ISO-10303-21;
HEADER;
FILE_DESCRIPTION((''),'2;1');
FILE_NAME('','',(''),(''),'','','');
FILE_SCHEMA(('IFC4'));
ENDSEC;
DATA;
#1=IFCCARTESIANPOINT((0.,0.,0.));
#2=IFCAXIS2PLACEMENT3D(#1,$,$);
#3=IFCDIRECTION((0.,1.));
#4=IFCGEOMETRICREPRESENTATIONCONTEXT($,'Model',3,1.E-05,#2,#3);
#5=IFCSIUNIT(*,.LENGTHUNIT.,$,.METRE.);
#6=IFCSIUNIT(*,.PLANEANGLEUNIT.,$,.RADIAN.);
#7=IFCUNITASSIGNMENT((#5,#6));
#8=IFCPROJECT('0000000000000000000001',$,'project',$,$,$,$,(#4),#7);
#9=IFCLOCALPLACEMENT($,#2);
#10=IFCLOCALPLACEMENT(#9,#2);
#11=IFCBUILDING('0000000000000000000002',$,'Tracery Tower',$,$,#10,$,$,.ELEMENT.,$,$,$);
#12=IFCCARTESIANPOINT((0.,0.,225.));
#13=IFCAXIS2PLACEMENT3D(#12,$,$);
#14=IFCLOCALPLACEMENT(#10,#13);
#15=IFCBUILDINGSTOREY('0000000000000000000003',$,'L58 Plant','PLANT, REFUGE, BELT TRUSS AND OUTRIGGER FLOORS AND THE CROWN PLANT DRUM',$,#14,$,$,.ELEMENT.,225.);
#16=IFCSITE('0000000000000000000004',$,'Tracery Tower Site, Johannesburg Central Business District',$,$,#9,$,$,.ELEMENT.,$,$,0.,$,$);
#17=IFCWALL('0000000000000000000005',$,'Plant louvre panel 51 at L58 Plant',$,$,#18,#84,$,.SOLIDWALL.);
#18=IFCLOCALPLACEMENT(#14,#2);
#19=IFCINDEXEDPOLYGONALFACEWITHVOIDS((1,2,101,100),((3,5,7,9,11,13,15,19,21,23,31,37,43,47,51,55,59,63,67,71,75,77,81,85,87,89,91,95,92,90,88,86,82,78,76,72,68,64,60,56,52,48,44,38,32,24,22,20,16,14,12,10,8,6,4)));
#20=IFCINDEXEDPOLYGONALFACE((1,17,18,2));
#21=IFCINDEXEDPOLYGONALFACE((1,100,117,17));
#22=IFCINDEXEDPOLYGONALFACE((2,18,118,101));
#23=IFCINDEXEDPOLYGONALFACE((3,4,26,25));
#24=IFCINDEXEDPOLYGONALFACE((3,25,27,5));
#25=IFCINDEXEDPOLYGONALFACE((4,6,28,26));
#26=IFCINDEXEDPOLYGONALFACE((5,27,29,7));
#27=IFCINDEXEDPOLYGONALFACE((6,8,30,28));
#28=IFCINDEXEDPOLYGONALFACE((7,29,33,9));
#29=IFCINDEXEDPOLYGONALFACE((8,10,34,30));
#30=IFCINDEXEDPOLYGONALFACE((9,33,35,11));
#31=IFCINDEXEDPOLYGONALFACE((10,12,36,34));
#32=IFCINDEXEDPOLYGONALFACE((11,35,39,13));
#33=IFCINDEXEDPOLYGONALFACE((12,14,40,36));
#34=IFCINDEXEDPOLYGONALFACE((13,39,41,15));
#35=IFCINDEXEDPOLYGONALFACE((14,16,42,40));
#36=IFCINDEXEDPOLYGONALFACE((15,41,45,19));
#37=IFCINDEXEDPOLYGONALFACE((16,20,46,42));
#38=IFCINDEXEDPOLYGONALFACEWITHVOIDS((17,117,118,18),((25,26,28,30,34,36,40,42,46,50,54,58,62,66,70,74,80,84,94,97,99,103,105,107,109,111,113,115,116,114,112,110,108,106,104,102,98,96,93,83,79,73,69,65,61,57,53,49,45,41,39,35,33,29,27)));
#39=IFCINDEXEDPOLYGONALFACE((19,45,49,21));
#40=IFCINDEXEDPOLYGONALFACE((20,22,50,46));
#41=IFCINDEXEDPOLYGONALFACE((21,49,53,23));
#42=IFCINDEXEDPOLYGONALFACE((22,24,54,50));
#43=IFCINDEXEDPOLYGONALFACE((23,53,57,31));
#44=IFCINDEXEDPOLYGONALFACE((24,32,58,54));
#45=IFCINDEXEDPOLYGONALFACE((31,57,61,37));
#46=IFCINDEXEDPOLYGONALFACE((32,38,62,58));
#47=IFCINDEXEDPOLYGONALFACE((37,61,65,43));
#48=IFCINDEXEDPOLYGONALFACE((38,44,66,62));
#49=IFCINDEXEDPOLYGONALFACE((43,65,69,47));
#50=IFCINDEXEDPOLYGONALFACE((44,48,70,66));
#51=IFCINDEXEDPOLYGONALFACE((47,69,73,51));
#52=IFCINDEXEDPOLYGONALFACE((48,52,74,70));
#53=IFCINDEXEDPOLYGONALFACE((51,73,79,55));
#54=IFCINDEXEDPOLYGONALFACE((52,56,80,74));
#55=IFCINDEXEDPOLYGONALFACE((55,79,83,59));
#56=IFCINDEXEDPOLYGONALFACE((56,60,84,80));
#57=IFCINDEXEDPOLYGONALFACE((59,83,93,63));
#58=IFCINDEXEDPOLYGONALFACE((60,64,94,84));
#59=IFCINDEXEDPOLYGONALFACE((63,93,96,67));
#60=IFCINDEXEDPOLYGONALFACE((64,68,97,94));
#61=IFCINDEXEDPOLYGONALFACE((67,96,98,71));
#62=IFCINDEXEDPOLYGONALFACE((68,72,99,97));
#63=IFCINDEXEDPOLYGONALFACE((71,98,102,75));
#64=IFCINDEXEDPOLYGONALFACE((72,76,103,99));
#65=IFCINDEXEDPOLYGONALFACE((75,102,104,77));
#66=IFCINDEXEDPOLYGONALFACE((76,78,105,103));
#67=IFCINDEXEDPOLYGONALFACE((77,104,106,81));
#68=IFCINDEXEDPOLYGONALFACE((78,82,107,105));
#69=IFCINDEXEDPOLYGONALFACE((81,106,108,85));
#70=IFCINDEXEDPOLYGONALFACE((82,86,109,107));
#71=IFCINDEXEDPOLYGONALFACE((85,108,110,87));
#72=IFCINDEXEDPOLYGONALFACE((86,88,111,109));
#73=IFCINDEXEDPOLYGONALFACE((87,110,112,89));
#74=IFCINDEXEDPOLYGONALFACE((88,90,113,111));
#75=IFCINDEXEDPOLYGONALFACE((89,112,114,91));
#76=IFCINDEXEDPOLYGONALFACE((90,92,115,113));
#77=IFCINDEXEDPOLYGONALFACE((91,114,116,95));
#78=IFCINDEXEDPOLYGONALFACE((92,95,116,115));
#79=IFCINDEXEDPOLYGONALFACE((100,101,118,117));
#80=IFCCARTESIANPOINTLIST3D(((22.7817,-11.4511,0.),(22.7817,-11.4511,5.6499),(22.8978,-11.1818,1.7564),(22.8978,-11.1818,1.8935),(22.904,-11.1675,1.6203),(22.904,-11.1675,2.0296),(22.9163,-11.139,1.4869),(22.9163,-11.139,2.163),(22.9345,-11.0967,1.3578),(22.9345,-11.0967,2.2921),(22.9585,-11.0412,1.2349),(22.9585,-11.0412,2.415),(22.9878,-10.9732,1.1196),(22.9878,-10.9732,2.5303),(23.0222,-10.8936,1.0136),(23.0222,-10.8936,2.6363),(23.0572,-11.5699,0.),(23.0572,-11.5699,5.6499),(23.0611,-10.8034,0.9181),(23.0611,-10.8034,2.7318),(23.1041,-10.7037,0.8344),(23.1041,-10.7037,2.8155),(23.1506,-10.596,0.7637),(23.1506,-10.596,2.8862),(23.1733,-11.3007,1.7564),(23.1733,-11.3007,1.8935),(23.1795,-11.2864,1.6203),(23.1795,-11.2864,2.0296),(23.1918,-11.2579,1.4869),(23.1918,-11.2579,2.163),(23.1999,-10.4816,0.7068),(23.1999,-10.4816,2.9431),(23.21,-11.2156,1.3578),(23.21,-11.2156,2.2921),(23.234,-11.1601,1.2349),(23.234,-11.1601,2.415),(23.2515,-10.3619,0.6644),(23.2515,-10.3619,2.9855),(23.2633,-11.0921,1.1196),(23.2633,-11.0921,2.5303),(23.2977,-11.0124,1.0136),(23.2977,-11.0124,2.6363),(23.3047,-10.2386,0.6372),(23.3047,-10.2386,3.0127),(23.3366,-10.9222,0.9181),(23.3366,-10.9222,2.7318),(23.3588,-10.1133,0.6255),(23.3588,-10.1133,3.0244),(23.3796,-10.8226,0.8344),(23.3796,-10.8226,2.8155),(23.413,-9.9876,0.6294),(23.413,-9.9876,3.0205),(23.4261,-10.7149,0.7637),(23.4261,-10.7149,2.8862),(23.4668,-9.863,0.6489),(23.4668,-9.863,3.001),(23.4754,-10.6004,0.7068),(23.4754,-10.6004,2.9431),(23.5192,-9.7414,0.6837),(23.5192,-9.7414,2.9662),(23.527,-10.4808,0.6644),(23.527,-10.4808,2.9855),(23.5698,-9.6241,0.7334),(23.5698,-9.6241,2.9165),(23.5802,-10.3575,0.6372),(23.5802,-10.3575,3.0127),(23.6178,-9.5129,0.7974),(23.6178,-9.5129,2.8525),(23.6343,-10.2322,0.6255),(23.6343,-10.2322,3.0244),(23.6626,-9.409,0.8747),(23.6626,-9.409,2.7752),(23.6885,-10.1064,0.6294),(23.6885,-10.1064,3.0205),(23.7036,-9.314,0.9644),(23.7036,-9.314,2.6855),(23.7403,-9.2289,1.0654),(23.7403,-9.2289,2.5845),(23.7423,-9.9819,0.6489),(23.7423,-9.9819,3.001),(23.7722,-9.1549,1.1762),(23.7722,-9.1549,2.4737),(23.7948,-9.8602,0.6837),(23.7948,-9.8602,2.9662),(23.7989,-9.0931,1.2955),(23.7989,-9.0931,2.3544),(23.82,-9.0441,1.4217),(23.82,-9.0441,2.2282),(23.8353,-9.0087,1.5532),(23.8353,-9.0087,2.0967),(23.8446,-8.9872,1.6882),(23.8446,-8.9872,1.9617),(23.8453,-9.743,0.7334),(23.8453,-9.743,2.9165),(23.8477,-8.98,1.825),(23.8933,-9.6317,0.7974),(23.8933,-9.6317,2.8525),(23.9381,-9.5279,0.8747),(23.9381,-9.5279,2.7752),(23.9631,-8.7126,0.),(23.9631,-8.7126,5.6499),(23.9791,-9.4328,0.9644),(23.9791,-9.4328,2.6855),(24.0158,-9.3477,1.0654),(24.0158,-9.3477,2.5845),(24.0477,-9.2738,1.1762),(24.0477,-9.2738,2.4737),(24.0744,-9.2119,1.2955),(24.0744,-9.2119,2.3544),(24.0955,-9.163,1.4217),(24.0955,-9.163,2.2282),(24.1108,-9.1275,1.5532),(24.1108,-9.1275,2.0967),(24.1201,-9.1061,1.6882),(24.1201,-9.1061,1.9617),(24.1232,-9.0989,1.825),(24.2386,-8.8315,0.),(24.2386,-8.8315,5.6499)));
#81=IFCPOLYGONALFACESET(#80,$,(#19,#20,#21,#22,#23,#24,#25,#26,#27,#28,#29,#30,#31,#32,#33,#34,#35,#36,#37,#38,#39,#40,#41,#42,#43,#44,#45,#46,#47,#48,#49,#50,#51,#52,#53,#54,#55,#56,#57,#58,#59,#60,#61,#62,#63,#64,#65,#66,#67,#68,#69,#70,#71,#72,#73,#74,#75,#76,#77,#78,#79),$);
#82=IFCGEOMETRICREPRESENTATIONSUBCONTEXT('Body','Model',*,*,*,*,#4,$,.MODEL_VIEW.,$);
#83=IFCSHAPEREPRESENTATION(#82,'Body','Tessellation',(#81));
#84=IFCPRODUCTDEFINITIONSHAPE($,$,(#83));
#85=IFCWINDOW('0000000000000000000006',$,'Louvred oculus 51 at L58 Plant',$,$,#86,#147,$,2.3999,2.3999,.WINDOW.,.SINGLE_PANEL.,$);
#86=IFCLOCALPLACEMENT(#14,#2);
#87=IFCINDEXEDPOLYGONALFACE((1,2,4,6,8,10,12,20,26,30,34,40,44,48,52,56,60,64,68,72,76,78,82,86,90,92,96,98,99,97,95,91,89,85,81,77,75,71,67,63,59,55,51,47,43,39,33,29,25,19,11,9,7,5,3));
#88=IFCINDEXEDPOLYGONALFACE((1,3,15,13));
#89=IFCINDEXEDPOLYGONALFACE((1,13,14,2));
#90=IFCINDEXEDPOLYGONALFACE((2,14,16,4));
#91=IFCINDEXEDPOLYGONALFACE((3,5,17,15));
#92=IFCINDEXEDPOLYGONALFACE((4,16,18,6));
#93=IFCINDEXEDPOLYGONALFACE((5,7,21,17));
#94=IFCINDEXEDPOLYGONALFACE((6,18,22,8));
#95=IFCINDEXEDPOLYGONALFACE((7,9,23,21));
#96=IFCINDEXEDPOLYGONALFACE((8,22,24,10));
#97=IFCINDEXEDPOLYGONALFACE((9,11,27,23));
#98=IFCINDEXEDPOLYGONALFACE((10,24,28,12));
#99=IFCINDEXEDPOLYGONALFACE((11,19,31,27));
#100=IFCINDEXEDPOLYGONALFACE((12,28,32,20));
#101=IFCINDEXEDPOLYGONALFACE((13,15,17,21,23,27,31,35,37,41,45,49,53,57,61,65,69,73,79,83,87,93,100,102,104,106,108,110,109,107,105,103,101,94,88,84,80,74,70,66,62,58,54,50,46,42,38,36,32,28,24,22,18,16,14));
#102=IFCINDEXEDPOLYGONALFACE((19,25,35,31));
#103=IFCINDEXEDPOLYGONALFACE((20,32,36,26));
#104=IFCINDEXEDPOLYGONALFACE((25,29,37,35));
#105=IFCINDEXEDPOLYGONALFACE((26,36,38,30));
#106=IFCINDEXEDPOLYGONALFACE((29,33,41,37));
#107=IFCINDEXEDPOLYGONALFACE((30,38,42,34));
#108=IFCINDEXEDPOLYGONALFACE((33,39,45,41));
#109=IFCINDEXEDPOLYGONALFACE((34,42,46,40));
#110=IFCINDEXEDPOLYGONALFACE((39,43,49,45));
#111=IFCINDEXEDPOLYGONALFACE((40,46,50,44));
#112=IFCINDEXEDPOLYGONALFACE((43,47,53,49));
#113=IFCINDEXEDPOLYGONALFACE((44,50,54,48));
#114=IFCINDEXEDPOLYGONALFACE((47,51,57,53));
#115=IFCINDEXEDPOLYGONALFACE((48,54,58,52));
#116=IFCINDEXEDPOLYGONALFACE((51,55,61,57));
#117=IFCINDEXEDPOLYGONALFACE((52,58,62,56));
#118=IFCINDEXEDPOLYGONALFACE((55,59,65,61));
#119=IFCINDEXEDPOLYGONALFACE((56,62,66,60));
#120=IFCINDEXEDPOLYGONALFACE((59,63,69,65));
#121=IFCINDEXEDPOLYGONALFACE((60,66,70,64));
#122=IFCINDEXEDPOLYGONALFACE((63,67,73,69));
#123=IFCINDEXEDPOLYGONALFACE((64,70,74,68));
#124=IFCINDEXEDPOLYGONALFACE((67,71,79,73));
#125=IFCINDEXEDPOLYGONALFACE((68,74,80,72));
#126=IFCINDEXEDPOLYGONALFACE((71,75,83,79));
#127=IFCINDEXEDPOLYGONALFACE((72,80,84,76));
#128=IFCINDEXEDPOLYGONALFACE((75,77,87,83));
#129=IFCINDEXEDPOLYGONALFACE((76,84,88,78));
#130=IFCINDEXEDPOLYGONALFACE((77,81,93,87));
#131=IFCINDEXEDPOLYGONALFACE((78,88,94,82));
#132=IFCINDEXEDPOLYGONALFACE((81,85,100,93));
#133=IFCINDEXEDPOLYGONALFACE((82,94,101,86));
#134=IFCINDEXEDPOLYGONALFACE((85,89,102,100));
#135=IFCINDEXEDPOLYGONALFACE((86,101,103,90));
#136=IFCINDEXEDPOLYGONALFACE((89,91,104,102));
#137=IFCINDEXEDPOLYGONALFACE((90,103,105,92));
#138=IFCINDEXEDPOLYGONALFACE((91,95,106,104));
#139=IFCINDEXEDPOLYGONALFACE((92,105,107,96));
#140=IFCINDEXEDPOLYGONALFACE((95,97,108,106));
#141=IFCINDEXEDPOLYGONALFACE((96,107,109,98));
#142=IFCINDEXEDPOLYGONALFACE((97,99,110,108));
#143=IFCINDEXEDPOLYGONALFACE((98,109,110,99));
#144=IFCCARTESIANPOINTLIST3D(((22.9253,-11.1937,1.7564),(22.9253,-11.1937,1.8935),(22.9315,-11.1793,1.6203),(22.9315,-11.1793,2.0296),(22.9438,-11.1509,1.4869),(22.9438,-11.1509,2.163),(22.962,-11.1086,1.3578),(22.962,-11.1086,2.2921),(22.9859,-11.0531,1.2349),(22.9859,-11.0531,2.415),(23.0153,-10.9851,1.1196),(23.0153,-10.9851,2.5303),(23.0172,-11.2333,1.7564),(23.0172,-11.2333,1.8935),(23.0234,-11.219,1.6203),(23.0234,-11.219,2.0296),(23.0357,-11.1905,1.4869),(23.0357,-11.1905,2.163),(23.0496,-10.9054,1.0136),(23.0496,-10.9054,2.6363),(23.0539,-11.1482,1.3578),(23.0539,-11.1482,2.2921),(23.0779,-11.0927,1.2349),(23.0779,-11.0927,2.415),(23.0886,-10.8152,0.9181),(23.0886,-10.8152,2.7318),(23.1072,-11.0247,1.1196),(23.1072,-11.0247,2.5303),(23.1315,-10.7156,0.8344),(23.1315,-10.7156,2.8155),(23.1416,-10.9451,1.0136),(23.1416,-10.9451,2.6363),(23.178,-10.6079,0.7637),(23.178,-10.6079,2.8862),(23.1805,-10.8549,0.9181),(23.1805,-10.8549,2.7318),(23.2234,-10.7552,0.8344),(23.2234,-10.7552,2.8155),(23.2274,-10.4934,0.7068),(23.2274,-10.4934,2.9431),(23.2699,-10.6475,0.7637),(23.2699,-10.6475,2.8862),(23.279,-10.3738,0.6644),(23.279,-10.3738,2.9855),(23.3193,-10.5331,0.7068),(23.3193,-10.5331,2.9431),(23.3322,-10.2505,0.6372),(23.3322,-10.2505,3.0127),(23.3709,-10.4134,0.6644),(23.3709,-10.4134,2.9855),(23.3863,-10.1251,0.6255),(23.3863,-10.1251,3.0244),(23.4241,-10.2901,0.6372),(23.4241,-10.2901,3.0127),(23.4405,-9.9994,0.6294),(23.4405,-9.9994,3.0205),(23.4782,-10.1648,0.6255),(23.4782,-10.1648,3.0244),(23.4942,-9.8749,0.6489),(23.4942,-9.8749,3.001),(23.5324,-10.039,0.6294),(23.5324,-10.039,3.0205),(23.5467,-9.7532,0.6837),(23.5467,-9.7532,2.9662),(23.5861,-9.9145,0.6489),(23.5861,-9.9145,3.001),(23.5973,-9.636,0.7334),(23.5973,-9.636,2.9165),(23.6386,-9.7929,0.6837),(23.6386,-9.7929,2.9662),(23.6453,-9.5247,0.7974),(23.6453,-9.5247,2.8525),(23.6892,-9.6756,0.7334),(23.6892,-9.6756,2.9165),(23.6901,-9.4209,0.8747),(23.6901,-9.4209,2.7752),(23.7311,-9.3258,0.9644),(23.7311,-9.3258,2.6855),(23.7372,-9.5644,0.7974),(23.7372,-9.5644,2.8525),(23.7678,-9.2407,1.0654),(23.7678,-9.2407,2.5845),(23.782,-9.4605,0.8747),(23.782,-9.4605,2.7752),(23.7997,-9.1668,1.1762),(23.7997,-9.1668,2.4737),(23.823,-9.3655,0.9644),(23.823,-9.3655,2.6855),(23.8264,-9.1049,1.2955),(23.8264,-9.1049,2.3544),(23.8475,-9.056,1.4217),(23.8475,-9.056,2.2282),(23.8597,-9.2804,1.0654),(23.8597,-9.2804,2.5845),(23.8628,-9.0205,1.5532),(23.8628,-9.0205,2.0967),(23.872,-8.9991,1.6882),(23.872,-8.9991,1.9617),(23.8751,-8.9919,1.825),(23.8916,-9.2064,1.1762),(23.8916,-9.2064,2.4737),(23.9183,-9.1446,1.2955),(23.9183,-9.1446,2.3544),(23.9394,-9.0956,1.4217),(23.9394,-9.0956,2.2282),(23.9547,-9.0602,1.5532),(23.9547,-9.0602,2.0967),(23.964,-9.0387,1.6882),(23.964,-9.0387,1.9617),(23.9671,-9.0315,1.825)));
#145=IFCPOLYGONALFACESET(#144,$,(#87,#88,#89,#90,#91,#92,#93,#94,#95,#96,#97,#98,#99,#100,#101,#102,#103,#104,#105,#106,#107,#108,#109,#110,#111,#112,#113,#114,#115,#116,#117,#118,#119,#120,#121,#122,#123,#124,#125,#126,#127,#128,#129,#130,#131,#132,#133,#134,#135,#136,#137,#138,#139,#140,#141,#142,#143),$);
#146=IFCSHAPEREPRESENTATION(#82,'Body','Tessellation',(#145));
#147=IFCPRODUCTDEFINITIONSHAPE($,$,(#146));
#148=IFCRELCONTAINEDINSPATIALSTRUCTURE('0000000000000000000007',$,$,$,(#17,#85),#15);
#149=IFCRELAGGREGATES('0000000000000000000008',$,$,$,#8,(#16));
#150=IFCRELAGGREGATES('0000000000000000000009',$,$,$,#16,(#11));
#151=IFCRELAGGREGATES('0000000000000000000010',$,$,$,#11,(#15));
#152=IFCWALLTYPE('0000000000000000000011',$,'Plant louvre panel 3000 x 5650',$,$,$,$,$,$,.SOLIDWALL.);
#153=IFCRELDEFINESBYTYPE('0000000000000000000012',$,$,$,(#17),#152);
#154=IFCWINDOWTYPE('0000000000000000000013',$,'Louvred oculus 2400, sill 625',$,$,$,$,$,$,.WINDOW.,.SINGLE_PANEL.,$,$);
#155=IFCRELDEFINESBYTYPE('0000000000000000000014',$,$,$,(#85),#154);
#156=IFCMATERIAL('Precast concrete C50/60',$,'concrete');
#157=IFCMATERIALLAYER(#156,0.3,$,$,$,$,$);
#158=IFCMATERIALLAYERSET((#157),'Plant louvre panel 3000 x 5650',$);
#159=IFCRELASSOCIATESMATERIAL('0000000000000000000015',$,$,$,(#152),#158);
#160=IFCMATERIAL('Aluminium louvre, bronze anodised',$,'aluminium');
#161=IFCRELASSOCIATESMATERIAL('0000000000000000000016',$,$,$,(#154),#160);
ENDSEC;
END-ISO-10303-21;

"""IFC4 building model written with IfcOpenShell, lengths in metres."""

from ifc_helpers import new_model, si_unit, direction, frame, frame_2d, origin, origin_2d, place, context, subcontext, project, spatial, rectangle, circle, extrude, material, layer, layer_set, type_object, element, fill, save


model = new_model("IFC4")

# Units and contexts
model_context = context("Model", 3, precision=1e-05, world=origin(), true_north=direction((0.0, 1.0)))
body_context = subcontext(model_context, "Body", "Model", "MODEL_VIEW")
ifc_project = project(units=[si_unit("LENGTHUNIT", "METRE"), si_unit("PLANEANGLEUNIT", "RADIAN")], contexts=[model_context])

# Site, building, storey
site_placement = place(None, origin())
site = spatial("IfcSite", under=ifc_project, at=site_placement, Name="Tracery Tower Site, Johannesburg Central Business District", CompositionType="ELEMENT", RefElevation=0.0)
building_placement = place(site_placement, origin())
building = spatial("IfcBuilding", under=site, at=building_placement, Name="Tracery Tower", CompositionType="ELEMENT")
storey_placement = place(building_placement, frame((0.0, 0.0, 225.0)))
storey = spatial("IfcBuildingStorey", under=building, at=storey_placement, Name="L58 Plant", Description="PLANT, REFUGE, BELT TRUSS AND OUTRIGGER FLOORS AND THE CROWN PLANT DRUM", CompositionType="ELEMENT", Elevation=225.0)

# Wall, opening, window
ifc_material_1 = material(Name="Precast concrete C50/60", Category="concrete")
ifc_layer_1 = layer(ifc_material_1, 0.3)
ifc_layer_set_1 = layer_set([ifc_layer_1], Name="Plant louvre panel 3000 x 5650")
wall_type_1 = type_object("IfcWallType", Name="Plant louvre panel 3000 x 5650", PredefinedType="SOLIDWALL", material=ifc_layer_set_1)
wall_1_placement = place(storey_placement, frame((22.9194, -11.5105, 0.0), z_axis=(0.0, 0.0, 1.0), x_axis=(0.396111, 0.918202, 0.0)))
wall_1 = element("IfcWall", 1, at=wall_1_placement, inside=storey, type_object=wall_type_1, Name="Plant louvre panel 51 at L58 Plant", PredefinedType="SOLIDWALL", context=body_context, shape_type="SweptSolid", body=[
    extrude(rectangle(XDim=2.9824, YDim=0.3, at=frame_2d((1.4912, 0.0))), origin(), (0.0, 0.0, 1.0), 5.6499),
])
opening_1_placement = place(wall_1_placement, frame((1.4912, 0.0, 1.825)))
opening_1 = element("IfcOpeningElement", 2, at=opening_1_placement, cuts=wall_1, PredefinedType="OPENING", context=body_context, shape_type="SweptSolid", body=[
    extrude(circle(Radius=1.2, at=origin_2d()), frame((0.0, 0.1599, 0.0), z_axis=(0.0, -1.0, 0.0), x_axis=(1.0, 0.0, 0.0)), (0.0, 0.0, 1.0), 0.3201),
])
ifc_material_2 = material(Name="Aluminium louvre, bronze anodised", Category="aluminium")
window_type = type_object("IfcWindowType", Name="Louvred oculus 2400, sill 625", PartitioningType="SINGLE_PANEL", PredefinedType="WINDOW", material=ifc_material_2)
window_1_placement = place(opening_1_placement, origin())
window_1 = element("IfcWindow", 3, at=window_1_placement, inside=storey, type_object=window_type, Name="Louvred oculus 51 at L58 Plant", OverallHeight=2.3999, OverallWidth=2.3999, PartitioningType="SINGLE_PANEL", PredefinedType="WINDOW", context=body_context, shape_type="SweptSolid", body=[
    extrude(circle(Radius=1.2, at=origin_2d()), frame((0.0, 0.1201, 0.0), z_axis=(0.0, -1.0, 0.0), x_axis=(1.0, 0.0, 0.0)), (0.0, 0.0, 1.0), 0.1001),
])
fill(opening_1, window_1)

save(model, "model.ifc")
